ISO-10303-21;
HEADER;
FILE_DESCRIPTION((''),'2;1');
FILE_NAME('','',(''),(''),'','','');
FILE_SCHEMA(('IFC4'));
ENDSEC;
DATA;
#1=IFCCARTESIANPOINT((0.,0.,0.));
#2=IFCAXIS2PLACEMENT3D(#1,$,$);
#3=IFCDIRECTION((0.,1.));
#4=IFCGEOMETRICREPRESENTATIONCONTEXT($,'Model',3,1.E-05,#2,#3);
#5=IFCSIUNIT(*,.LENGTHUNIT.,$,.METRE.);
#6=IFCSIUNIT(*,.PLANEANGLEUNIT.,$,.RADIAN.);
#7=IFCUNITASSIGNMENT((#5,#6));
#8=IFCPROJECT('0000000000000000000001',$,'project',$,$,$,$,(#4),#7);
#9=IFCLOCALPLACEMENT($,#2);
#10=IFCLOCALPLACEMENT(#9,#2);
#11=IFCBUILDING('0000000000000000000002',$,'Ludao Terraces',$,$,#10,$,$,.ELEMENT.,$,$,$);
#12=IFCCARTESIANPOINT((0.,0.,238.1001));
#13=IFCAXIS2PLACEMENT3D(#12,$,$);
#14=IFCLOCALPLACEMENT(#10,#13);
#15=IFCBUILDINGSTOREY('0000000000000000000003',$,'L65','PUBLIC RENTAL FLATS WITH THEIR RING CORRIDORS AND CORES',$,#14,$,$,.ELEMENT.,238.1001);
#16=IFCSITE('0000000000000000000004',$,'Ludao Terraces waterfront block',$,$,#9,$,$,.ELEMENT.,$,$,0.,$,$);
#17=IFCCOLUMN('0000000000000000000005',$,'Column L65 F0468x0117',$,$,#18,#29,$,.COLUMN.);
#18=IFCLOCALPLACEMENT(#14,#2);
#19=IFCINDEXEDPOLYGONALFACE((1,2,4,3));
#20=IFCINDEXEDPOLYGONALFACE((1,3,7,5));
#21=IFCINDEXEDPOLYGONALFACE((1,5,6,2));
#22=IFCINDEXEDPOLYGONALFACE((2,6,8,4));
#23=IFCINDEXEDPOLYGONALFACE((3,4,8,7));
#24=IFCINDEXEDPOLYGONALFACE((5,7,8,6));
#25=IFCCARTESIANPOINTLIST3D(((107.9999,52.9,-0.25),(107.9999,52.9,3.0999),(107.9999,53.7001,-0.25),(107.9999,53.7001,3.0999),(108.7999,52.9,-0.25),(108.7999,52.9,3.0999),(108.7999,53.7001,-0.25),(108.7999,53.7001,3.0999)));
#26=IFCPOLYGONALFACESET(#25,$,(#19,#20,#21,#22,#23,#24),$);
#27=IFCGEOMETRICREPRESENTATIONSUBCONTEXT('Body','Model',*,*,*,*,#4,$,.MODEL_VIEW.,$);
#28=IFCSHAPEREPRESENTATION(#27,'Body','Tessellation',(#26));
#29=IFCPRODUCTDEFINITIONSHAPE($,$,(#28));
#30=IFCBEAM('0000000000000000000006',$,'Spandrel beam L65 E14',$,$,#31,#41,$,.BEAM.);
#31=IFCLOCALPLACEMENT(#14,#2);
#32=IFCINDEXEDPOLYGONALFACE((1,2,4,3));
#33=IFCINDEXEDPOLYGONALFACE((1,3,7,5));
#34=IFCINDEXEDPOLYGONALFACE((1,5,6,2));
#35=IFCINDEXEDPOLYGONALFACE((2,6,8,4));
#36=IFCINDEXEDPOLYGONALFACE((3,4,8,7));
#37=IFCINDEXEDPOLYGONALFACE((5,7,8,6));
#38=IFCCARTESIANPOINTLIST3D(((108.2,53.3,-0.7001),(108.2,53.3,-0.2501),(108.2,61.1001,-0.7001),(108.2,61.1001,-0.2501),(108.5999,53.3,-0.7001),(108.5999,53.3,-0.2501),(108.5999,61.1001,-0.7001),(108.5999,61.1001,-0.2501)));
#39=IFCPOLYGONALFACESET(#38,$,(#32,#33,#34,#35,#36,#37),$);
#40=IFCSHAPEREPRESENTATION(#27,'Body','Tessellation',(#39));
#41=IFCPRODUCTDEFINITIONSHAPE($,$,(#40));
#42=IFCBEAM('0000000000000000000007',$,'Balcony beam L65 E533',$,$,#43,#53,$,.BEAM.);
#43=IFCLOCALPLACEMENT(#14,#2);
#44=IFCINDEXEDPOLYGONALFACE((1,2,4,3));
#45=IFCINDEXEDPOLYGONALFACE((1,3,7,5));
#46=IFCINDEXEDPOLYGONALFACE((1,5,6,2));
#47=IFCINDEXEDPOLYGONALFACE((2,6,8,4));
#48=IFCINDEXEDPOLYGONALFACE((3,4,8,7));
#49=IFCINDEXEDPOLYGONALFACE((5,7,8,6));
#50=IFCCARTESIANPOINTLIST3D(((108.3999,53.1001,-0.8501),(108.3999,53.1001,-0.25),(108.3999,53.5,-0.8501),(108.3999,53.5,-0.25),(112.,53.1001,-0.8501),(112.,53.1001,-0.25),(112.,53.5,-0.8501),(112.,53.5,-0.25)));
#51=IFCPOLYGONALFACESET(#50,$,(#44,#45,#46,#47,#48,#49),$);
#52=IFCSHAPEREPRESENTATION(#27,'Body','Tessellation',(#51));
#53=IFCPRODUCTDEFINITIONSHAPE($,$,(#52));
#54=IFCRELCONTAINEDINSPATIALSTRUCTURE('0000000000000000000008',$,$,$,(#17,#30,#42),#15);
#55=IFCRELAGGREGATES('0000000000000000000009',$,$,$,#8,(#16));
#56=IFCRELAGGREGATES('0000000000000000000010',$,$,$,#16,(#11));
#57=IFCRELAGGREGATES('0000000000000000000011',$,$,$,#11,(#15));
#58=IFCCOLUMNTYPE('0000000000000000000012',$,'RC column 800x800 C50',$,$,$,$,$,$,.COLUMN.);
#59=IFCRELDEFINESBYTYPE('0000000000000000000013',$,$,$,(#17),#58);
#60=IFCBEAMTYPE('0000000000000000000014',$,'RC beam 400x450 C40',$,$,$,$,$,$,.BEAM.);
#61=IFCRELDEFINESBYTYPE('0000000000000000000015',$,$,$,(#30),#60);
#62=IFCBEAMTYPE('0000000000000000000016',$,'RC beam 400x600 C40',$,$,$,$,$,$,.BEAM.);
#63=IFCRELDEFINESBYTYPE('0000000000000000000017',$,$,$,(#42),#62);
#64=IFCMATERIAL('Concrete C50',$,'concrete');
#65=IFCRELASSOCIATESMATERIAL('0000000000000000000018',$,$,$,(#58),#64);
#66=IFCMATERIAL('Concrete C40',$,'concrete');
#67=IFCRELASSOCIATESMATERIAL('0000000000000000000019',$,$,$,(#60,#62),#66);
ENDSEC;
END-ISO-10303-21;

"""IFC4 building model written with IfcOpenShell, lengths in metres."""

from ifc_helpers import new_model, si_unit, direction, frame, origin, origin_2d, place, context, subcontext, project, spatial, rectangle, extrude, material, material_profile, profile_set, type_object, element, save


model = new_model("IFC4")

# Units and contexts
model_context = context("Model", 3, precision=1e-05, world=origin(), true_north=direction((0.0, 1.0)))
body_context = subcontext(model_context, "Body", "Model", "MODEL_VIEW")
ifc_project = project(units=[si_unit("LENGTHUNIT", "METRE"), si_unit("PLANEANGLEUNIT", "RADIAN")], contexts=[model_context])

# Site, building, storey
site_placement = place(None, origin())
site = spatial("IfcSite", under=ifc_project, at=site_placement, Name="Ludao Terraces waterfront block", CompositionType="ELEMENT", RefElevation=0.0)
building_placement = place(site_placement, origin())
building = spatial("IfcBuilding", under=site, at=building_placement, Name="Ludao Terraces", CompositionType="ELEMENT")
storey_placement = place(building_placement, frame((0.0, 0.0, 238.1001)))
storey = spatial("IfcBuildingStorey", under=building, at=storey_placement, Name="L65", Description="PUBLIC RENTAL FLATS WITH THEIR RING CORRIDORS AND CORES", CompositionType="ELEMENT", Elevation=238.1001)

# Column
ifc_material_1 = material(Name="Concrete C50", Category="concrete")
ifc_material_profile_1 = material_profile(ifc_material_1, rectangle(XDim=0.8, YDim=0.8, at=origin_2d()), Name="800 X 800")
ifc_profile_set_1 = profile_set([ifc_material_profile_1], Name="Concrete C50")
column_type = type_object("IfcColumnType", Name="RC column 800x800 C50", PredefinedType="COLUMN", material=ifc_profile_set_1)
column_placement = place(storey_placement, frame((108.3999, 53.3, -0.25), z_axis=(0.0, 0.0, 1.0), x_axis=(1.0, 0.0, 0.0)))
element("IfcColumn", 1, at=column_placement, inside=storey, type_object=column_type, Name="Column L65 F0468x0117", PredefinedType="COLUMN", context=body_context, shape_type="SweptSolid", body=[
    extrude(rectangle(XDim=0.8, YDim=0.8, at=origin_2d()), origin(), (0.0, 0.0, 1.0), 3.3499),
])

# Beams
ifc_material_2 = material(Name="Concrete C40", Category="concrete")
ifc_material_profile_2 = material_profile(ifc_material_2, rectangle(XDim=0.3999, YDim=0.45, at=origin_2d()), Name="400 X 450")
ifc_profile_set_2 = profile_set([ifc_material_profile_2], Name="Concrete C40")
beam_type_1 = type_object("IfcBeamType", Name="RC beam 400x450 C40", PredefinedType="BEAM", material=ifc_profile_set_2)
beam_1_placement = place(storey_placement, frame((108.3999, 53.3, -0.4751), z_axis=(0.0, 1.0, 0.0), x_axis=(-1.0, 0.0, 0.0)))
element("IfcBeam", 2, at=beam_1_placement, inside=storey, type_object=beam_type_1, Name="Spandrel beam L65 E14", PredefinedType="BEAM", context=body_context, shape_type="SweptSolid", body=[
    extrude(rectangle(XDim=0.3999, YDim=0.45, at=origin_2d()), origin(), (0.0, 0.0, 1.0), 7.8),
])
ifc_material_profile_3 = material_profile(ifc_material_2, rectangle(XDim=0.3999, YDim=0.6001, at=origin_2d()), Name="400 X 600")
ifc_profile_set_3 = profile_set([ifc_material_profile_3], Name="Concrete C40")
beam_type_2 = type_object("IfcBeamType", Name="RC beam 400x600 C40", PredefinedType="BEAM", material=ifc_profile_set_3)
beam_2_placement = place(storey_placement, frame((108.3999, 53.3, -0.55), z_axis=(1.0, 0.0, 0.0), x_axis=(0.0, 1.0, 0.0)))
element("IfcBeam", 3, at=beam_2_placement, inside=storey, type_object=beam_type_2, Name="Balcony beam L65 E533", PredefinedType="BEAM", context=body_context, shape_type="SweptSolid", body=[
    extrude(rectangle(XDim=0.3999, YDim=0.6001, at=origin_2d()), origin(), (0.0, 0.0, 1.0), 3.6001),
])

save(model, "model.ifc")
